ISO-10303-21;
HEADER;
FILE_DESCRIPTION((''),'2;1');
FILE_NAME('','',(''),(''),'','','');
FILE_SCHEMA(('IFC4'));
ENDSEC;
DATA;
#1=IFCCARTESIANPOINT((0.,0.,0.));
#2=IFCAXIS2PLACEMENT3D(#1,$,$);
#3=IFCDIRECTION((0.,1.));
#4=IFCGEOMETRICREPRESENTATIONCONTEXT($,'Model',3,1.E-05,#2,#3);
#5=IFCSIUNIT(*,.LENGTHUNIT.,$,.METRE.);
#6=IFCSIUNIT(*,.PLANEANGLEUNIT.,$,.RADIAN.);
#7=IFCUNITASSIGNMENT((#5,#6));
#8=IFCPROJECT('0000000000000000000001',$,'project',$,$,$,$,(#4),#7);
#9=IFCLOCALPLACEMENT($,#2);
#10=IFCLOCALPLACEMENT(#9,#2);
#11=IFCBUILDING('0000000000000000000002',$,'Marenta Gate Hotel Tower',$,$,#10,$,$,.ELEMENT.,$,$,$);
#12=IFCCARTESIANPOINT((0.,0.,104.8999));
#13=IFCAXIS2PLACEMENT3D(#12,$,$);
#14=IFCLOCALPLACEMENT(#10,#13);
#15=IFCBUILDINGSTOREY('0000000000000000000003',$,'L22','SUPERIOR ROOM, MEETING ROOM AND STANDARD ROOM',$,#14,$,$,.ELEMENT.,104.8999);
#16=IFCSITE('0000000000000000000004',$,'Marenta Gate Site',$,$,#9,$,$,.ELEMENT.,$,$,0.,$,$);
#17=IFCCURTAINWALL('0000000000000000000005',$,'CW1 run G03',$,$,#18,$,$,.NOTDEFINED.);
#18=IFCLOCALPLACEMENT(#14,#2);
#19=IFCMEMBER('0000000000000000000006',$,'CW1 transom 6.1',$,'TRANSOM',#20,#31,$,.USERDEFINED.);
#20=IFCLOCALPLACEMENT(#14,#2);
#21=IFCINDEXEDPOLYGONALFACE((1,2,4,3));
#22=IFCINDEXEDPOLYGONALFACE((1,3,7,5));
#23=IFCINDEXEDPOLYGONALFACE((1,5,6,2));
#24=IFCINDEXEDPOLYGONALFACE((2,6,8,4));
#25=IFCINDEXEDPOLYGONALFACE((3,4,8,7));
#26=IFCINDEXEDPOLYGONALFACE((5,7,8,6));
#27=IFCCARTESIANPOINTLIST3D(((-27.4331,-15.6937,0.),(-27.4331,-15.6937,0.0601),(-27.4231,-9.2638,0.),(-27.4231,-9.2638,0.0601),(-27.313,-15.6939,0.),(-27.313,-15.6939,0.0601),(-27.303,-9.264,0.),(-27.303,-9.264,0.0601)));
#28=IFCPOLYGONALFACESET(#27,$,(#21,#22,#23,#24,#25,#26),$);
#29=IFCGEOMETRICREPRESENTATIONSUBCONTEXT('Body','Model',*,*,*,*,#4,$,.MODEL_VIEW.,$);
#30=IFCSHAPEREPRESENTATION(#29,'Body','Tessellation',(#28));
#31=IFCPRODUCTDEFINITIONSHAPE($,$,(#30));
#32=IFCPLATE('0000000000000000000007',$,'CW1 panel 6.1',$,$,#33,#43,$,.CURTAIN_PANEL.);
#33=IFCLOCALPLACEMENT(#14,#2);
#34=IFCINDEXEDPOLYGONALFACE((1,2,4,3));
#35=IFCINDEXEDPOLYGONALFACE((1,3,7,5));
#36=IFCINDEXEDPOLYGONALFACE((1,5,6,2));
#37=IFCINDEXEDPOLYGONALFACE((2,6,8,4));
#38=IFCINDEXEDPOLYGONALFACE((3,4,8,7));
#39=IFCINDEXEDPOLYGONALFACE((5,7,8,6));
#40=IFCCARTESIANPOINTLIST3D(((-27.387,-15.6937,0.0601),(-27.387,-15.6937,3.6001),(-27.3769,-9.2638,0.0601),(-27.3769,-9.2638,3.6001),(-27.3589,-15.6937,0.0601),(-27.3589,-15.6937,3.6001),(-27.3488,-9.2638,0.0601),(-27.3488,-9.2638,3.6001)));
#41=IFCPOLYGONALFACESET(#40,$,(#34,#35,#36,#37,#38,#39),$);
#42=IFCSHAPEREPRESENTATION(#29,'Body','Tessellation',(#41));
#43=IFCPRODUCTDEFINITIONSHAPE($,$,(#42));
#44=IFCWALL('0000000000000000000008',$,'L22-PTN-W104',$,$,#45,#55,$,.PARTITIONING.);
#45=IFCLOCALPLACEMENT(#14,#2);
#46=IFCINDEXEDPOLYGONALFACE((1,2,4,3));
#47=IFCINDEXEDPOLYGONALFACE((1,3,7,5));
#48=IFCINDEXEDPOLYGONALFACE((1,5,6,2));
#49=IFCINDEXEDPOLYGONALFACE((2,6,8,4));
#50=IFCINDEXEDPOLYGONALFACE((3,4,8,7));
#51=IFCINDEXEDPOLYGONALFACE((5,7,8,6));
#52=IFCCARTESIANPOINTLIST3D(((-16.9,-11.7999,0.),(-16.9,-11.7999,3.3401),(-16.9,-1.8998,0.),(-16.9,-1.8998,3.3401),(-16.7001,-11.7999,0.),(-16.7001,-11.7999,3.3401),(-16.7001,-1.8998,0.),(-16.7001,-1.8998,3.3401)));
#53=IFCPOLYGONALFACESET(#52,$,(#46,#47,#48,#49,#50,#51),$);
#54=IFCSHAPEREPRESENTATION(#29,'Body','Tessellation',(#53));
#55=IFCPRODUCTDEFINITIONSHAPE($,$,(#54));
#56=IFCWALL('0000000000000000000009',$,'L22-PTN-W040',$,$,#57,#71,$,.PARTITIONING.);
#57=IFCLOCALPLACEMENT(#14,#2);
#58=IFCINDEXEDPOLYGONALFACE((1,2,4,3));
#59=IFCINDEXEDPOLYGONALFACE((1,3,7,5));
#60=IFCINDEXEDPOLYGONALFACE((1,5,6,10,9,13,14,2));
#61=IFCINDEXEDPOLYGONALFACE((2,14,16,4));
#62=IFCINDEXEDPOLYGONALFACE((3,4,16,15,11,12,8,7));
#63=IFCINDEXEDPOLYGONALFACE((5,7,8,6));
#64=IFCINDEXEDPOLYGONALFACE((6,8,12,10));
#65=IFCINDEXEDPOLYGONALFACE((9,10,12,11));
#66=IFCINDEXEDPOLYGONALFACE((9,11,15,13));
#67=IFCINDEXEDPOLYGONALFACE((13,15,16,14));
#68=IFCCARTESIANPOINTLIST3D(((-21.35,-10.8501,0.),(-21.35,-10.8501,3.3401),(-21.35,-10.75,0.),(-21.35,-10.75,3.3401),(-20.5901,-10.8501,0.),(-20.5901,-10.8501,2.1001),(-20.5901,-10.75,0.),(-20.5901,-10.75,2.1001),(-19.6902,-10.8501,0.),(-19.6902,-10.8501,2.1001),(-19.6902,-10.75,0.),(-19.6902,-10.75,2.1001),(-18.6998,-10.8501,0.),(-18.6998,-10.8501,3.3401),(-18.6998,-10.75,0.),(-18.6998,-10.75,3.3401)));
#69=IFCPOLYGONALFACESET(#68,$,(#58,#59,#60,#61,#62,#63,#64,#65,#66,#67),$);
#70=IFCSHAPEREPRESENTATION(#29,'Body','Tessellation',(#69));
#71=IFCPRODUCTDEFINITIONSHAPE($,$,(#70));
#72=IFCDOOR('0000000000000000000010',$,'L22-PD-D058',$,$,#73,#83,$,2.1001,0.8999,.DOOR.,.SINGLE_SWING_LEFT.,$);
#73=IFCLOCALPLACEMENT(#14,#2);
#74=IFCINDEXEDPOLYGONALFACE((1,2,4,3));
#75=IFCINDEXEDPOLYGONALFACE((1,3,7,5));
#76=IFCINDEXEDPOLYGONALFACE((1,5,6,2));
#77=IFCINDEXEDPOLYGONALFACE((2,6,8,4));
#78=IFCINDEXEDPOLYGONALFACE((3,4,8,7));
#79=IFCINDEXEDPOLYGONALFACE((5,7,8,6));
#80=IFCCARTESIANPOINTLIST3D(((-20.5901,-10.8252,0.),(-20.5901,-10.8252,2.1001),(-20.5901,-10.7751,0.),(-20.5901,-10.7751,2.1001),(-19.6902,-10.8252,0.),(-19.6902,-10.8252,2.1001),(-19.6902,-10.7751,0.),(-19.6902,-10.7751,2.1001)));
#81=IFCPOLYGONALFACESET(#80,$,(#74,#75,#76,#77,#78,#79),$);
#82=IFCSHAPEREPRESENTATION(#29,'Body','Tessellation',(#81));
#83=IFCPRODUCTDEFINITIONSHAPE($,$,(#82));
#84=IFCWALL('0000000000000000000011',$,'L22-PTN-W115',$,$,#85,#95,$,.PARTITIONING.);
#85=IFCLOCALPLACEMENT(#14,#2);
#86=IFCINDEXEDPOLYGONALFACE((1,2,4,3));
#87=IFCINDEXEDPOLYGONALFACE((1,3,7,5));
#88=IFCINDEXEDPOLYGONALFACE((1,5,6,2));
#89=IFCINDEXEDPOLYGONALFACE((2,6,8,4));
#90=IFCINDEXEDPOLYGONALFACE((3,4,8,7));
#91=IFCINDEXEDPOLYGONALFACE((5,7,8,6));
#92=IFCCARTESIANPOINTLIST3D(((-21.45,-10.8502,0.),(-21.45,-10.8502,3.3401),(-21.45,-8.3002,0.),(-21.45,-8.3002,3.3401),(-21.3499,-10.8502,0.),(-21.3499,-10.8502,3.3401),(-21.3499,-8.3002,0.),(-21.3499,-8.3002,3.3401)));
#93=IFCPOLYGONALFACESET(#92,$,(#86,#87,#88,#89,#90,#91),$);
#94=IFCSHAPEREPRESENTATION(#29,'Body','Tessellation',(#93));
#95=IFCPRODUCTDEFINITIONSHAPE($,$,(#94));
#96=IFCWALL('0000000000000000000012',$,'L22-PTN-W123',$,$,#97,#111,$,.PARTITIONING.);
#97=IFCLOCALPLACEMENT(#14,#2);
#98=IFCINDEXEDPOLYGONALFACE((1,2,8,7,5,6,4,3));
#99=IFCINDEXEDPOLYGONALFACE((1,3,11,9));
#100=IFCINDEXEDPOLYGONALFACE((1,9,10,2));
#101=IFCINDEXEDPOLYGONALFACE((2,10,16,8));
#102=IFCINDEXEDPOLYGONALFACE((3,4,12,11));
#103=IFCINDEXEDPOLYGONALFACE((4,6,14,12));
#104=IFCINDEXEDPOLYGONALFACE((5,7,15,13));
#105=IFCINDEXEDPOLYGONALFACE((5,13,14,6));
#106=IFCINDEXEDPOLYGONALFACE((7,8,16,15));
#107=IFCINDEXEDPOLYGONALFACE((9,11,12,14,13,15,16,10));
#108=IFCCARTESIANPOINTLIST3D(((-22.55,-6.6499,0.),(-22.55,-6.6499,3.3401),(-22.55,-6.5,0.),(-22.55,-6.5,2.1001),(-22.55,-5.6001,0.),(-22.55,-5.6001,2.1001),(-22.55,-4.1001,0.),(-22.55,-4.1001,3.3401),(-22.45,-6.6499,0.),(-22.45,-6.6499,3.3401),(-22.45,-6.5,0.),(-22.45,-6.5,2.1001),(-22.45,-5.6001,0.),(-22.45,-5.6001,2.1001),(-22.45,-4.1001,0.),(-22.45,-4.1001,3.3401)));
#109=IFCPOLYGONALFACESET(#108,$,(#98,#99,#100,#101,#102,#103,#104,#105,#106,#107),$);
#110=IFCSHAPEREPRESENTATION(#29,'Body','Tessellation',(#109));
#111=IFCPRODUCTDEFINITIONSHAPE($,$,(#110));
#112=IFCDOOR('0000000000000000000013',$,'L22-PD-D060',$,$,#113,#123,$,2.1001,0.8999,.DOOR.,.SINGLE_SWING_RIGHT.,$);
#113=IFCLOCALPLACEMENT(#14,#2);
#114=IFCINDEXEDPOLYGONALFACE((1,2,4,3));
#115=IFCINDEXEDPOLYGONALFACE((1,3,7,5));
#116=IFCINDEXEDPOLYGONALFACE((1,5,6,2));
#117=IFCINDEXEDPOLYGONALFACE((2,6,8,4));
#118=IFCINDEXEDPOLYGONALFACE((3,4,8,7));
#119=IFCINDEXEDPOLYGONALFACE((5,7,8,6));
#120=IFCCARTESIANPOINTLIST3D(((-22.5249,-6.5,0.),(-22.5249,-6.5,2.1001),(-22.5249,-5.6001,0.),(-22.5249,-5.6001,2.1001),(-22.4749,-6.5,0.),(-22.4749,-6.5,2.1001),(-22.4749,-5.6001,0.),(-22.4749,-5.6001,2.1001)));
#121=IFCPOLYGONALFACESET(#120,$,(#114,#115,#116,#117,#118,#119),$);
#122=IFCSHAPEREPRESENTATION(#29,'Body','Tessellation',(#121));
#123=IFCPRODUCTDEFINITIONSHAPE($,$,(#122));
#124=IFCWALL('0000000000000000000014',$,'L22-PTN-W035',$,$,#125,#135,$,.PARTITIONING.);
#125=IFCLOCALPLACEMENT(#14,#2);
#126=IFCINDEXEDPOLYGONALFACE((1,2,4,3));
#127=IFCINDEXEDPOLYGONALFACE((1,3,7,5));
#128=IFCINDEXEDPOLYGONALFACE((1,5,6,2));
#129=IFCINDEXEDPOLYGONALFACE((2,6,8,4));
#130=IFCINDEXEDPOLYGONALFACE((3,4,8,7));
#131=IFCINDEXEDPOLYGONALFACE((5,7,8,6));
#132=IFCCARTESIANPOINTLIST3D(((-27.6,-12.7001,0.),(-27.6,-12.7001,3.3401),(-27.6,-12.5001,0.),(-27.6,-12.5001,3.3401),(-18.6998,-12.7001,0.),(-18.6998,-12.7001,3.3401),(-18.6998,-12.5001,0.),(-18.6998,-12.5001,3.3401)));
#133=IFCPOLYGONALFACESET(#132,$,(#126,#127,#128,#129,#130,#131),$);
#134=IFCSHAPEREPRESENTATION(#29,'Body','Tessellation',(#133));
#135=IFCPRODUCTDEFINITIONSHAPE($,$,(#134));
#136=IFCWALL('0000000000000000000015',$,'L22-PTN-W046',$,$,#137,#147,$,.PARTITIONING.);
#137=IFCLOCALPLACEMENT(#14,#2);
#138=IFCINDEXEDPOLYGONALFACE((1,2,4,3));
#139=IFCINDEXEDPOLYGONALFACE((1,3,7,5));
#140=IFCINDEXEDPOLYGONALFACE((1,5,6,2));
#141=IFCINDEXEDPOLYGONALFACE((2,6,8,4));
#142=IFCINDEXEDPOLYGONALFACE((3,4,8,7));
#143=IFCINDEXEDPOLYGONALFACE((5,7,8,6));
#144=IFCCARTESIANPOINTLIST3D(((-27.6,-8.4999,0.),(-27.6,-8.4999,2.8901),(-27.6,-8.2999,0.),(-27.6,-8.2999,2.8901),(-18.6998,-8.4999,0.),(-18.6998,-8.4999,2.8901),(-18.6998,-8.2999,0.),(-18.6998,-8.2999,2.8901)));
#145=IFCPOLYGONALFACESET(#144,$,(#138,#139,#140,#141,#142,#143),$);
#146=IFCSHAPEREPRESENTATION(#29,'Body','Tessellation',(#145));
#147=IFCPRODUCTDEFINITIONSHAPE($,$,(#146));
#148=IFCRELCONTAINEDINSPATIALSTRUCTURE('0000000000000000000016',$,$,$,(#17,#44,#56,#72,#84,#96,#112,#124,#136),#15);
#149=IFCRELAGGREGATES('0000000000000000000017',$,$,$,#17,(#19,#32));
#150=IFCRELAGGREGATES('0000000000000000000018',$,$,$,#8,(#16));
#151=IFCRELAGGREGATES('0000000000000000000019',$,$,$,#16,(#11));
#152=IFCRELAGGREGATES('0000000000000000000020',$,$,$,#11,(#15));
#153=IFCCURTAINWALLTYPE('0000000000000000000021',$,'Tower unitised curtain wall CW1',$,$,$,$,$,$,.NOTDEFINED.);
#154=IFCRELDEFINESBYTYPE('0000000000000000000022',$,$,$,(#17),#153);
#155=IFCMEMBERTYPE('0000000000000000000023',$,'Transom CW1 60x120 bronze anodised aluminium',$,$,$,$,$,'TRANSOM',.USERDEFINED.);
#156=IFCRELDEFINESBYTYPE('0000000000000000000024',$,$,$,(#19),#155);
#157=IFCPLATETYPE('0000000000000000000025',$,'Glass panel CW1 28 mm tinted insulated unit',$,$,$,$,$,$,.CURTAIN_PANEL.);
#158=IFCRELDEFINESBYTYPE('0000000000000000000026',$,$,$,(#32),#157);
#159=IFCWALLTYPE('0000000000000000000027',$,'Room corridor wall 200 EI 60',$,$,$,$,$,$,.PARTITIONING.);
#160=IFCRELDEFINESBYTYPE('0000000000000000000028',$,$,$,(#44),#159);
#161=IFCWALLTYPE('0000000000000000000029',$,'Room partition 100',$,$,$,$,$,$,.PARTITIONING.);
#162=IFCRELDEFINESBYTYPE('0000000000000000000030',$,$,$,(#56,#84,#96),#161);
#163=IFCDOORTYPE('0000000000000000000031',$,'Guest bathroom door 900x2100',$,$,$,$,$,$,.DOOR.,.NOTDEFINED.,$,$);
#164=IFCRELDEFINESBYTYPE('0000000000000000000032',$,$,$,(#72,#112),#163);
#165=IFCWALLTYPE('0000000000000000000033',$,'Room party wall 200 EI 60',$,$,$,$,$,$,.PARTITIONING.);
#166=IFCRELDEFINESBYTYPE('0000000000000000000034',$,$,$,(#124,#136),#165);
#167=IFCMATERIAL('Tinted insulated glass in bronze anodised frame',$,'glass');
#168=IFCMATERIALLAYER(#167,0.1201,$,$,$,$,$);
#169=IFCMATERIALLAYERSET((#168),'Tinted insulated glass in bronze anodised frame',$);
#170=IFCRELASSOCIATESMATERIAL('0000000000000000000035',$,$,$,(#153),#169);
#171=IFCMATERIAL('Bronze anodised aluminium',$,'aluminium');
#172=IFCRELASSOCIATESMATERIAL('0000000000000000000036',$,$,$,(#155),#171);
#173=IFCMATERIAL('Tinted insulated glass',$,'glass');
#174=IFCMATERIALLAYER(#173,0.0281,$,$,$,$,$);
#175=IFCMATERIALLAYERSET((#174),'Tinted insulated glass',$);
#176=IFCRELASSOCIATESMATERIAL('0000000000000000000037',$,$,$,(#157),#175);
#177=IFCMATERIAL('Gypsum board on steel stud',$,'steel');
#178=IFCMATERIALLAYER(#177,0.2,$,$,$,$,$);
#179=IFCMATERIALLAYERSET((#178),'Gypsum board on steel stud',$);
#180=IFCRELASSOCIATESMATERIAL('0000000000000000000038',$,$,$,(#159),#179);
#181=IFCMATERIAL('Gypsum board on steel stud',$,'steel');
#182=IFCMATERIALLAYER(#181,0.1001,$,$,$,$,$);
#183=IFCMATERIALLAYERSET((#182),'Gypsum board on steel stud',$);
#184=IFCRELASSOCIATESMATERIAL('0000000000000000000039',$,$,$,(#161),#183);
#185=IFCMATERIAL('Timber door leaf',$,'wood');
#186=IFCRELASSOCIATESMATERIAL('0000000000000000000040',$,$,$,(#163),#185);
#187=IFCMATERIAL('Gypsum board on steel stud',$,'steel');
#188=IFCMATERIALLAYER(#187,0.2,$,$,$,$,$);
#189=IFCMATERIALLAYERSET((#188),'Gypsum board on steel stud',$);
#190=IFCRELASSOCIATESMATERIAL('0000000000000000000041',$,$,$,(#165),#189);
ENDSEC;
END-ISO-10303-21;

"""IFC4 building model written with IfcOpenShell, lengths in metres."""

from ifc_helpers import new_model, si_unit, direction, frame, frame_2d, origin, origin_2d, place, context, subcontext, project, spatial, rectangle, extrude, material, layer, layer_set, material_profile, profile_set, type_object, element, fill, aggregate, save


model = new_model("IFC4")

# Units and contexts
model_context = context("Model", 3, precision=1e-05, world=origin(), true_north=direction((0.0, 1.0)))
body_context = subcontext(model_context, "Body", "Model", "MODEL_VIEW")
ifc_project = project(units=[si_unit("LENGTHUNIT", "METRE"), si_unit("PLANEANGLEUNIT", "RADIAN")], contexts=[model_context])

# Site, building, storey
site_placement = place(None, origin())
site = spatial("IfcSite", under=ifc_project, at=site_placement, Name="Marenta Gate Site", CompositionType="ELEMENT", RefElevation=0.0)
building_placement = place(site_placement, origin())
building = spatial("IfcBuilding", under=site, at=building_placement, Name="Marenta Gate Hotel Tower", CompositionType="ELEMENT")
storey_placement = place(building_placement, frame((0.0, 0.0, 104.8999)))
storey = spatial("IfcBuildingStorey", under=building, at=storey_placement, Name="L22", Description="SUPERIOR ROOM, MEETING ROOM AND STANDARD ROOM", CompositionType="ELEMENT", Elevation=104.8999)

# Curtain wall, member, plate
ifc_material_1 = material(Name="Tinted insulated glass in bronze anodised frame", Category="glass")
ifc_layer_1 = layer(ifc_material_1, 0.1201)
ifc_layer_set_1 = layer_set([ifc_layer_1], Name="Tinted insulated glass in bronze anodised frame")
curtain_wall_type = type_object("IfcCurtainWallType", Name="Tower unitised curtain wall CW1", PredefinedType="NOTDEFINED", material=ifc_layer_set_1)
curtain_wall_placement = place(storey_placement, origin())
curtain_wall = element("IfcCurtainWall", 1, at=curtain_wall_placement, inside=storey, type_object=curtain_wall_type, Name="CW1 run G03", PredefinedType="NOTDEFINED")
ifc_material_2 = material(Name="Bronze anodised aluminium", Category="aluminium")
ifc_material_profile_1 = material_profile(ifc_material_2, rectangle(XDim=0.1201, YDim=0.0601, at=origin_2d()), Name="Transom CW1 60x120 bronze anodised aluminium")
ifc_profile_set_1 = profile_set([ifc_material_profile_1], Name="Bronze anodised aluminium")
member_type_1 = type_object("IfcMemberType", Name="Transom CW1 60x120 bronze anodised aluminium", ElementType="TRANSOM", PredefinedType="USERDEFINED", material=ifc_profile_set_1)
member_1_placement = place(storey_placement, frame((-27.363, -9.2639, 0.03), z_axis=(-0.001557, -0.999999, 0.0), x_axis=(0.999999, -0.001557, 0.0)))
member_1 = element("IfcMember", 2, at=member_1_placement, type_object=member_type_1, Name="CW1 transom 6.1", ObjectType="TRANSOM", PredefinedType="USERDEFINED", context=body_context, shape_type="SweptSolid", body=[
    extrude(rectangle(XDim=0.1201, YDim=0.0601, at=origin_2d()), origin(), (0.0, 0.0, 1.0), 6.4299),
])
ifc_material_3 = material(Name="Tinted insulated glass", Category="glass")
ifc_layer_2 = layer(ifc_material_3, 0.0281)
ifc_layer_set_2 = layer_set([ifc_layer_2], Name="Tinted insulated glass")
plate_type = type_object("IfcPlateType", Name="Glass panel CW1 28 mm tinted insulated unit", PredefinedType="CURTAIN_PANEL", material=ifc_layer_set_2)
plate_placement = place(storey_placement, frame((-27.3679, -12.4788, 0.0601), z_axis=(0.0, 0.0, 1.0), x_axis=(-0.001566, -0.999999, 0.0)))
plate = element("IfcPlate", 3, at=plate_placement, type_object=plate_type, Name="CW1 panel 6.1", PredefinedType="CURTAIN_PANEL", context=body_context, shape_type="SweptSolid", body=[
    extrude(rectangle(XDim=6.4299, YDim=0.0281, at=origin_2d()), origin(), (0.0, 0.0, 1.0), 3.54),
])
aggregate(curtain_wall, [member_1, plate])

# Wall
ifc_material_4 = material(Name="Gypsum board on steel stud", Category="steel")
ifc_layer_3 = layer(ifc_material_4, 0.2)
ifc_layer_set_3 = layer_set([ifc_layer_3], Name="Gypsum board on steel stud")
wall_type_1 = type_object("IfcWallType", Name="Room corridor wall 200 EI 60", PredefinedType="PARTITIONING", material=ifc_layer_set_3)
wall_1_placement = place(storey_placement, frame((-16.8, -11.8, 0.0), z_axis=(0.0, 0.0, 1.0), x_axis=(0.0, 1.0, 0.0)))
element("IfcWall", 4, at=wall_1_placement, inside=storey, type_object=wall_type_1, Name="L22-PTN-W104", PredefinedType="PARTITIONING", context=body_context, shape_type="SweptSolid", body=[
    extrude(rectangle(XDim=9.9001, YDim=0.2, at=frame_2d((4.9502, 0.0))), origin(), (0.0, 0.0, 1.0), 3.3401),
])

# Wall, opening, door
ifc_material_5 = material(Name="Gypsum board on steel stud", Category="steel")
ifc_layer_4 = layer(ifc_material_5, 0.1001)
ifc_layer_set_4 = layer_set([ifc_layer_4], Name="Gypsum board on steel stud")
wall_type_2 = type_object("IfcWallType", Name="Room partition 100", PredefinedType="PARTITIONING", material=ifc_layer_set_4)
wall_2_placement = place(storey_placement, frame((-21.3501, -10.8, 0.0), z_axis=(0.0, 0.0, 1.0), x_axis=(1.0, 0.0, 0.0)))
wall_2 = element("IfcWall", 5, at=wall_2_placement, inside=storey, type_object=wall_type_2, Name="L22-PTN-W040", PredefinedType="PARTITIONING", context=body_context, shape_type="SweptSolid", body=[
    extrude(rectangle(XDim=2.6501, YDim=0.1001, at=frame_2d((1.3252, 0.0))), origin(), (0.0, 0.0, 1.0), 3.3401),
])
opening_1_placement = place(wall_2_placement, frame((0.76, 0.0, 0.0)))
opening_1 = element("IfcOpeningElement", 6, at=opening_1_placement, cuts=wall_2, PredefinedType="OPENING", context=body_context, shape_type="SweptSolid", body=[
    extrude(rectangle(XDim=0.8999, YDim=2.1001, at=frame_2d((0.45, 1.05))), frame((0.0, 0.05, 0.0), z_axis=(0.0, -1.0, 0.0), x_axis=(1.0, 0.0, 0.0)), (0.0, 0.0, 1.0), 0.1001),
])
ifc_material_6 = material(Name="Timber door leaf", Category="wood")
door_type = type_object("IfcDoorType", Name="Guest bathroom door 900x2100", OperationType="NOTDEFINED", PredefinedType="DOOR", material=ifc_material_6)
door_1_placement = place(opening_1_placement, origin())
door_1 = element("IfcDoor", 7, at=door_1_placement, inside=storey, type_object=door_type, Name="L22-PD-D058", OperationType="SINGLE_SWING_LEFT", OverallHeight=2.1001, OverallWidth=0.8999, PredefinedType="DOOR", context=body_context, shape_type="SweptSolid", body=[
    extrude(rectangle(XDim=0.8999, YDim=2.1001, at=frame_2d((0.45, 1.05))), frame((0.0, 0.0249, 0.0), z_axis=(0.0, -1.0, 0.0), x_axis=(1.0, 0.0, 0.0)), (0.0, 0.0, 1.0), 0.05),
])
fill(opening_1, door_1)

# Wall
wall_3_placement = place(storey_placement, frame((-21.3999, -10.8501, 0.0), z_axis=(0.0, 0.0, 1.0), x_axis=(0.0, 1.0, 0.0)))
element("IfcWall", 8, at=wall_3_placement, inside=storey, type_object=wall_type_2, Name="L22-PTN-W115", PredefinedType="PARTITIONING", context=body_context, shape_type="SweptSolid", body=[
    extrude(rectangle(XDim=2.55, YDim=0.1001, at=frame_2d((1.2749, 0.0))), origin(), (0.0, 0.0, 1.0), 3.3401),
])

# Wall, opening, door
wall_4_placement = place(storey_placement, frame((-22.5, -6.6499, 0.0), z_axis=(0.0, 0.0, 1.0), x_axis=(0.0, 1.0, 0.0)))
wall_4 = element("IfcWall", 9, at=wall_4_placement, inside=storey, type_object=wall_type_2, Name="L22-PTN-W123", PredefinedType="PARTITIONING", context=body_context, shape_type="SweptSolid", body=[
    extrude(rectangle(XDim=2.5498, YDim=0.1001, at=frame_2d((1.2749, 0.0))), origin(), (0.0, 0.0, 1.0), 3.3401),
])
opening_2_placement = place(wall_4_placement, frame((0.1499, 0.0, 0.0)))
opening_2 = element("IfcOpeningElement", 10, at=opening_2_placement, cuts=wall_4, PredefinedType="OPENING", context=body_context, shape_type="SweptSolid", body=[
    extrude(rectangle(XDim=0.8999, YDim=2.1001, at=frame_2d((0.45, 1.05))), frame((0.0, 0.05, 0.0), z_axis=(0.0, -1.0, 0.0), x_axis=(1.0, 0.0, 0.0)), (0.0, 0.0, 1.0), 0.1001),
])
door_2_placement = place(opening_2_placement, origin())
door_2 = element("IfcDoor", 11, at=door_2_placement, inside=storey, type_object=door_type, Name="L22-PD-D060", OperationType="SINGLE_SWING_RIGHT", OverallHeight=2.1001, OverallWidth=0.8999, PredefinedType="DOOR", context=body_context, shape_type="SweptSolid", body=[
    extrude(rectangle(XDim=0.8999, YDim=2.1001, at=frame_2d((0.45, 1.05))), frame((0.0, 0.0249, 0.0), z_axis=(0.0, -1.0, 0.0), x_axis=(1.0, 0.0, 0.0)), (0.0, 0.0, 1.0), 0.05),
])
fill(opening_2, door_2)

# Walls
ifc_material_7 = material(Name="Gypsum board on steel stud", Category="steel")
ifc_layer_5 = layer(ifc_material_7, 0.2)
ifc_layer_set_5 = layer_set([ifc_layer_5], Name="Gypsum board on steel stud")
wall_type_3 = type_object("IfcWallType", Name="Room party wall 200 EI 60", PredefinedType="PARTITIONING", material=ifc_layer_set_5)
wall_5_placement = place(storey_placement, frame((-27.6001, -12.6001, 0.0), z_axis=(0.0, 0.0, 1.0), x_axis=(1.0, 0.0, 0.0)))
element("IfcWall", 12, at=wall_5_placement, inside=storey, type_object=wall_type_3, Name="L22-PTN-W035", PredefinedType="PARTITIONING", context=body_context, shape_type="SweptSolid", body=[
    extrude(rectangle(XDim=8.9001, YDim=0.2, at=frame_2d((4.4502, 0.0))), origin(), (0.0, 0.0, 1.0), 3.3401),
])
wall_6_placement = place(storey_placement, frame((-27.6001, -8.3999, 0.0), z_axis=(0.0, 0.0, 1.0), x_axis=(1.0, 0.0, 0.0)))
element("IfcWall", 13, at=wall_6_placement, inside=storey, type_object=wall_type_3, Name="L22-PTN-W046", PredefinedType="PARTITIONING", context=body_context, shape_type="SweptSolid", body=[
    extrude(rectangle(XDim=8.9001, YDim=0.2, at=frame_2d((4.4502, 0.0))), origin(), (0.0, 0.0, 1.0), 2.8901),
])

save(model, "model.ifc")
